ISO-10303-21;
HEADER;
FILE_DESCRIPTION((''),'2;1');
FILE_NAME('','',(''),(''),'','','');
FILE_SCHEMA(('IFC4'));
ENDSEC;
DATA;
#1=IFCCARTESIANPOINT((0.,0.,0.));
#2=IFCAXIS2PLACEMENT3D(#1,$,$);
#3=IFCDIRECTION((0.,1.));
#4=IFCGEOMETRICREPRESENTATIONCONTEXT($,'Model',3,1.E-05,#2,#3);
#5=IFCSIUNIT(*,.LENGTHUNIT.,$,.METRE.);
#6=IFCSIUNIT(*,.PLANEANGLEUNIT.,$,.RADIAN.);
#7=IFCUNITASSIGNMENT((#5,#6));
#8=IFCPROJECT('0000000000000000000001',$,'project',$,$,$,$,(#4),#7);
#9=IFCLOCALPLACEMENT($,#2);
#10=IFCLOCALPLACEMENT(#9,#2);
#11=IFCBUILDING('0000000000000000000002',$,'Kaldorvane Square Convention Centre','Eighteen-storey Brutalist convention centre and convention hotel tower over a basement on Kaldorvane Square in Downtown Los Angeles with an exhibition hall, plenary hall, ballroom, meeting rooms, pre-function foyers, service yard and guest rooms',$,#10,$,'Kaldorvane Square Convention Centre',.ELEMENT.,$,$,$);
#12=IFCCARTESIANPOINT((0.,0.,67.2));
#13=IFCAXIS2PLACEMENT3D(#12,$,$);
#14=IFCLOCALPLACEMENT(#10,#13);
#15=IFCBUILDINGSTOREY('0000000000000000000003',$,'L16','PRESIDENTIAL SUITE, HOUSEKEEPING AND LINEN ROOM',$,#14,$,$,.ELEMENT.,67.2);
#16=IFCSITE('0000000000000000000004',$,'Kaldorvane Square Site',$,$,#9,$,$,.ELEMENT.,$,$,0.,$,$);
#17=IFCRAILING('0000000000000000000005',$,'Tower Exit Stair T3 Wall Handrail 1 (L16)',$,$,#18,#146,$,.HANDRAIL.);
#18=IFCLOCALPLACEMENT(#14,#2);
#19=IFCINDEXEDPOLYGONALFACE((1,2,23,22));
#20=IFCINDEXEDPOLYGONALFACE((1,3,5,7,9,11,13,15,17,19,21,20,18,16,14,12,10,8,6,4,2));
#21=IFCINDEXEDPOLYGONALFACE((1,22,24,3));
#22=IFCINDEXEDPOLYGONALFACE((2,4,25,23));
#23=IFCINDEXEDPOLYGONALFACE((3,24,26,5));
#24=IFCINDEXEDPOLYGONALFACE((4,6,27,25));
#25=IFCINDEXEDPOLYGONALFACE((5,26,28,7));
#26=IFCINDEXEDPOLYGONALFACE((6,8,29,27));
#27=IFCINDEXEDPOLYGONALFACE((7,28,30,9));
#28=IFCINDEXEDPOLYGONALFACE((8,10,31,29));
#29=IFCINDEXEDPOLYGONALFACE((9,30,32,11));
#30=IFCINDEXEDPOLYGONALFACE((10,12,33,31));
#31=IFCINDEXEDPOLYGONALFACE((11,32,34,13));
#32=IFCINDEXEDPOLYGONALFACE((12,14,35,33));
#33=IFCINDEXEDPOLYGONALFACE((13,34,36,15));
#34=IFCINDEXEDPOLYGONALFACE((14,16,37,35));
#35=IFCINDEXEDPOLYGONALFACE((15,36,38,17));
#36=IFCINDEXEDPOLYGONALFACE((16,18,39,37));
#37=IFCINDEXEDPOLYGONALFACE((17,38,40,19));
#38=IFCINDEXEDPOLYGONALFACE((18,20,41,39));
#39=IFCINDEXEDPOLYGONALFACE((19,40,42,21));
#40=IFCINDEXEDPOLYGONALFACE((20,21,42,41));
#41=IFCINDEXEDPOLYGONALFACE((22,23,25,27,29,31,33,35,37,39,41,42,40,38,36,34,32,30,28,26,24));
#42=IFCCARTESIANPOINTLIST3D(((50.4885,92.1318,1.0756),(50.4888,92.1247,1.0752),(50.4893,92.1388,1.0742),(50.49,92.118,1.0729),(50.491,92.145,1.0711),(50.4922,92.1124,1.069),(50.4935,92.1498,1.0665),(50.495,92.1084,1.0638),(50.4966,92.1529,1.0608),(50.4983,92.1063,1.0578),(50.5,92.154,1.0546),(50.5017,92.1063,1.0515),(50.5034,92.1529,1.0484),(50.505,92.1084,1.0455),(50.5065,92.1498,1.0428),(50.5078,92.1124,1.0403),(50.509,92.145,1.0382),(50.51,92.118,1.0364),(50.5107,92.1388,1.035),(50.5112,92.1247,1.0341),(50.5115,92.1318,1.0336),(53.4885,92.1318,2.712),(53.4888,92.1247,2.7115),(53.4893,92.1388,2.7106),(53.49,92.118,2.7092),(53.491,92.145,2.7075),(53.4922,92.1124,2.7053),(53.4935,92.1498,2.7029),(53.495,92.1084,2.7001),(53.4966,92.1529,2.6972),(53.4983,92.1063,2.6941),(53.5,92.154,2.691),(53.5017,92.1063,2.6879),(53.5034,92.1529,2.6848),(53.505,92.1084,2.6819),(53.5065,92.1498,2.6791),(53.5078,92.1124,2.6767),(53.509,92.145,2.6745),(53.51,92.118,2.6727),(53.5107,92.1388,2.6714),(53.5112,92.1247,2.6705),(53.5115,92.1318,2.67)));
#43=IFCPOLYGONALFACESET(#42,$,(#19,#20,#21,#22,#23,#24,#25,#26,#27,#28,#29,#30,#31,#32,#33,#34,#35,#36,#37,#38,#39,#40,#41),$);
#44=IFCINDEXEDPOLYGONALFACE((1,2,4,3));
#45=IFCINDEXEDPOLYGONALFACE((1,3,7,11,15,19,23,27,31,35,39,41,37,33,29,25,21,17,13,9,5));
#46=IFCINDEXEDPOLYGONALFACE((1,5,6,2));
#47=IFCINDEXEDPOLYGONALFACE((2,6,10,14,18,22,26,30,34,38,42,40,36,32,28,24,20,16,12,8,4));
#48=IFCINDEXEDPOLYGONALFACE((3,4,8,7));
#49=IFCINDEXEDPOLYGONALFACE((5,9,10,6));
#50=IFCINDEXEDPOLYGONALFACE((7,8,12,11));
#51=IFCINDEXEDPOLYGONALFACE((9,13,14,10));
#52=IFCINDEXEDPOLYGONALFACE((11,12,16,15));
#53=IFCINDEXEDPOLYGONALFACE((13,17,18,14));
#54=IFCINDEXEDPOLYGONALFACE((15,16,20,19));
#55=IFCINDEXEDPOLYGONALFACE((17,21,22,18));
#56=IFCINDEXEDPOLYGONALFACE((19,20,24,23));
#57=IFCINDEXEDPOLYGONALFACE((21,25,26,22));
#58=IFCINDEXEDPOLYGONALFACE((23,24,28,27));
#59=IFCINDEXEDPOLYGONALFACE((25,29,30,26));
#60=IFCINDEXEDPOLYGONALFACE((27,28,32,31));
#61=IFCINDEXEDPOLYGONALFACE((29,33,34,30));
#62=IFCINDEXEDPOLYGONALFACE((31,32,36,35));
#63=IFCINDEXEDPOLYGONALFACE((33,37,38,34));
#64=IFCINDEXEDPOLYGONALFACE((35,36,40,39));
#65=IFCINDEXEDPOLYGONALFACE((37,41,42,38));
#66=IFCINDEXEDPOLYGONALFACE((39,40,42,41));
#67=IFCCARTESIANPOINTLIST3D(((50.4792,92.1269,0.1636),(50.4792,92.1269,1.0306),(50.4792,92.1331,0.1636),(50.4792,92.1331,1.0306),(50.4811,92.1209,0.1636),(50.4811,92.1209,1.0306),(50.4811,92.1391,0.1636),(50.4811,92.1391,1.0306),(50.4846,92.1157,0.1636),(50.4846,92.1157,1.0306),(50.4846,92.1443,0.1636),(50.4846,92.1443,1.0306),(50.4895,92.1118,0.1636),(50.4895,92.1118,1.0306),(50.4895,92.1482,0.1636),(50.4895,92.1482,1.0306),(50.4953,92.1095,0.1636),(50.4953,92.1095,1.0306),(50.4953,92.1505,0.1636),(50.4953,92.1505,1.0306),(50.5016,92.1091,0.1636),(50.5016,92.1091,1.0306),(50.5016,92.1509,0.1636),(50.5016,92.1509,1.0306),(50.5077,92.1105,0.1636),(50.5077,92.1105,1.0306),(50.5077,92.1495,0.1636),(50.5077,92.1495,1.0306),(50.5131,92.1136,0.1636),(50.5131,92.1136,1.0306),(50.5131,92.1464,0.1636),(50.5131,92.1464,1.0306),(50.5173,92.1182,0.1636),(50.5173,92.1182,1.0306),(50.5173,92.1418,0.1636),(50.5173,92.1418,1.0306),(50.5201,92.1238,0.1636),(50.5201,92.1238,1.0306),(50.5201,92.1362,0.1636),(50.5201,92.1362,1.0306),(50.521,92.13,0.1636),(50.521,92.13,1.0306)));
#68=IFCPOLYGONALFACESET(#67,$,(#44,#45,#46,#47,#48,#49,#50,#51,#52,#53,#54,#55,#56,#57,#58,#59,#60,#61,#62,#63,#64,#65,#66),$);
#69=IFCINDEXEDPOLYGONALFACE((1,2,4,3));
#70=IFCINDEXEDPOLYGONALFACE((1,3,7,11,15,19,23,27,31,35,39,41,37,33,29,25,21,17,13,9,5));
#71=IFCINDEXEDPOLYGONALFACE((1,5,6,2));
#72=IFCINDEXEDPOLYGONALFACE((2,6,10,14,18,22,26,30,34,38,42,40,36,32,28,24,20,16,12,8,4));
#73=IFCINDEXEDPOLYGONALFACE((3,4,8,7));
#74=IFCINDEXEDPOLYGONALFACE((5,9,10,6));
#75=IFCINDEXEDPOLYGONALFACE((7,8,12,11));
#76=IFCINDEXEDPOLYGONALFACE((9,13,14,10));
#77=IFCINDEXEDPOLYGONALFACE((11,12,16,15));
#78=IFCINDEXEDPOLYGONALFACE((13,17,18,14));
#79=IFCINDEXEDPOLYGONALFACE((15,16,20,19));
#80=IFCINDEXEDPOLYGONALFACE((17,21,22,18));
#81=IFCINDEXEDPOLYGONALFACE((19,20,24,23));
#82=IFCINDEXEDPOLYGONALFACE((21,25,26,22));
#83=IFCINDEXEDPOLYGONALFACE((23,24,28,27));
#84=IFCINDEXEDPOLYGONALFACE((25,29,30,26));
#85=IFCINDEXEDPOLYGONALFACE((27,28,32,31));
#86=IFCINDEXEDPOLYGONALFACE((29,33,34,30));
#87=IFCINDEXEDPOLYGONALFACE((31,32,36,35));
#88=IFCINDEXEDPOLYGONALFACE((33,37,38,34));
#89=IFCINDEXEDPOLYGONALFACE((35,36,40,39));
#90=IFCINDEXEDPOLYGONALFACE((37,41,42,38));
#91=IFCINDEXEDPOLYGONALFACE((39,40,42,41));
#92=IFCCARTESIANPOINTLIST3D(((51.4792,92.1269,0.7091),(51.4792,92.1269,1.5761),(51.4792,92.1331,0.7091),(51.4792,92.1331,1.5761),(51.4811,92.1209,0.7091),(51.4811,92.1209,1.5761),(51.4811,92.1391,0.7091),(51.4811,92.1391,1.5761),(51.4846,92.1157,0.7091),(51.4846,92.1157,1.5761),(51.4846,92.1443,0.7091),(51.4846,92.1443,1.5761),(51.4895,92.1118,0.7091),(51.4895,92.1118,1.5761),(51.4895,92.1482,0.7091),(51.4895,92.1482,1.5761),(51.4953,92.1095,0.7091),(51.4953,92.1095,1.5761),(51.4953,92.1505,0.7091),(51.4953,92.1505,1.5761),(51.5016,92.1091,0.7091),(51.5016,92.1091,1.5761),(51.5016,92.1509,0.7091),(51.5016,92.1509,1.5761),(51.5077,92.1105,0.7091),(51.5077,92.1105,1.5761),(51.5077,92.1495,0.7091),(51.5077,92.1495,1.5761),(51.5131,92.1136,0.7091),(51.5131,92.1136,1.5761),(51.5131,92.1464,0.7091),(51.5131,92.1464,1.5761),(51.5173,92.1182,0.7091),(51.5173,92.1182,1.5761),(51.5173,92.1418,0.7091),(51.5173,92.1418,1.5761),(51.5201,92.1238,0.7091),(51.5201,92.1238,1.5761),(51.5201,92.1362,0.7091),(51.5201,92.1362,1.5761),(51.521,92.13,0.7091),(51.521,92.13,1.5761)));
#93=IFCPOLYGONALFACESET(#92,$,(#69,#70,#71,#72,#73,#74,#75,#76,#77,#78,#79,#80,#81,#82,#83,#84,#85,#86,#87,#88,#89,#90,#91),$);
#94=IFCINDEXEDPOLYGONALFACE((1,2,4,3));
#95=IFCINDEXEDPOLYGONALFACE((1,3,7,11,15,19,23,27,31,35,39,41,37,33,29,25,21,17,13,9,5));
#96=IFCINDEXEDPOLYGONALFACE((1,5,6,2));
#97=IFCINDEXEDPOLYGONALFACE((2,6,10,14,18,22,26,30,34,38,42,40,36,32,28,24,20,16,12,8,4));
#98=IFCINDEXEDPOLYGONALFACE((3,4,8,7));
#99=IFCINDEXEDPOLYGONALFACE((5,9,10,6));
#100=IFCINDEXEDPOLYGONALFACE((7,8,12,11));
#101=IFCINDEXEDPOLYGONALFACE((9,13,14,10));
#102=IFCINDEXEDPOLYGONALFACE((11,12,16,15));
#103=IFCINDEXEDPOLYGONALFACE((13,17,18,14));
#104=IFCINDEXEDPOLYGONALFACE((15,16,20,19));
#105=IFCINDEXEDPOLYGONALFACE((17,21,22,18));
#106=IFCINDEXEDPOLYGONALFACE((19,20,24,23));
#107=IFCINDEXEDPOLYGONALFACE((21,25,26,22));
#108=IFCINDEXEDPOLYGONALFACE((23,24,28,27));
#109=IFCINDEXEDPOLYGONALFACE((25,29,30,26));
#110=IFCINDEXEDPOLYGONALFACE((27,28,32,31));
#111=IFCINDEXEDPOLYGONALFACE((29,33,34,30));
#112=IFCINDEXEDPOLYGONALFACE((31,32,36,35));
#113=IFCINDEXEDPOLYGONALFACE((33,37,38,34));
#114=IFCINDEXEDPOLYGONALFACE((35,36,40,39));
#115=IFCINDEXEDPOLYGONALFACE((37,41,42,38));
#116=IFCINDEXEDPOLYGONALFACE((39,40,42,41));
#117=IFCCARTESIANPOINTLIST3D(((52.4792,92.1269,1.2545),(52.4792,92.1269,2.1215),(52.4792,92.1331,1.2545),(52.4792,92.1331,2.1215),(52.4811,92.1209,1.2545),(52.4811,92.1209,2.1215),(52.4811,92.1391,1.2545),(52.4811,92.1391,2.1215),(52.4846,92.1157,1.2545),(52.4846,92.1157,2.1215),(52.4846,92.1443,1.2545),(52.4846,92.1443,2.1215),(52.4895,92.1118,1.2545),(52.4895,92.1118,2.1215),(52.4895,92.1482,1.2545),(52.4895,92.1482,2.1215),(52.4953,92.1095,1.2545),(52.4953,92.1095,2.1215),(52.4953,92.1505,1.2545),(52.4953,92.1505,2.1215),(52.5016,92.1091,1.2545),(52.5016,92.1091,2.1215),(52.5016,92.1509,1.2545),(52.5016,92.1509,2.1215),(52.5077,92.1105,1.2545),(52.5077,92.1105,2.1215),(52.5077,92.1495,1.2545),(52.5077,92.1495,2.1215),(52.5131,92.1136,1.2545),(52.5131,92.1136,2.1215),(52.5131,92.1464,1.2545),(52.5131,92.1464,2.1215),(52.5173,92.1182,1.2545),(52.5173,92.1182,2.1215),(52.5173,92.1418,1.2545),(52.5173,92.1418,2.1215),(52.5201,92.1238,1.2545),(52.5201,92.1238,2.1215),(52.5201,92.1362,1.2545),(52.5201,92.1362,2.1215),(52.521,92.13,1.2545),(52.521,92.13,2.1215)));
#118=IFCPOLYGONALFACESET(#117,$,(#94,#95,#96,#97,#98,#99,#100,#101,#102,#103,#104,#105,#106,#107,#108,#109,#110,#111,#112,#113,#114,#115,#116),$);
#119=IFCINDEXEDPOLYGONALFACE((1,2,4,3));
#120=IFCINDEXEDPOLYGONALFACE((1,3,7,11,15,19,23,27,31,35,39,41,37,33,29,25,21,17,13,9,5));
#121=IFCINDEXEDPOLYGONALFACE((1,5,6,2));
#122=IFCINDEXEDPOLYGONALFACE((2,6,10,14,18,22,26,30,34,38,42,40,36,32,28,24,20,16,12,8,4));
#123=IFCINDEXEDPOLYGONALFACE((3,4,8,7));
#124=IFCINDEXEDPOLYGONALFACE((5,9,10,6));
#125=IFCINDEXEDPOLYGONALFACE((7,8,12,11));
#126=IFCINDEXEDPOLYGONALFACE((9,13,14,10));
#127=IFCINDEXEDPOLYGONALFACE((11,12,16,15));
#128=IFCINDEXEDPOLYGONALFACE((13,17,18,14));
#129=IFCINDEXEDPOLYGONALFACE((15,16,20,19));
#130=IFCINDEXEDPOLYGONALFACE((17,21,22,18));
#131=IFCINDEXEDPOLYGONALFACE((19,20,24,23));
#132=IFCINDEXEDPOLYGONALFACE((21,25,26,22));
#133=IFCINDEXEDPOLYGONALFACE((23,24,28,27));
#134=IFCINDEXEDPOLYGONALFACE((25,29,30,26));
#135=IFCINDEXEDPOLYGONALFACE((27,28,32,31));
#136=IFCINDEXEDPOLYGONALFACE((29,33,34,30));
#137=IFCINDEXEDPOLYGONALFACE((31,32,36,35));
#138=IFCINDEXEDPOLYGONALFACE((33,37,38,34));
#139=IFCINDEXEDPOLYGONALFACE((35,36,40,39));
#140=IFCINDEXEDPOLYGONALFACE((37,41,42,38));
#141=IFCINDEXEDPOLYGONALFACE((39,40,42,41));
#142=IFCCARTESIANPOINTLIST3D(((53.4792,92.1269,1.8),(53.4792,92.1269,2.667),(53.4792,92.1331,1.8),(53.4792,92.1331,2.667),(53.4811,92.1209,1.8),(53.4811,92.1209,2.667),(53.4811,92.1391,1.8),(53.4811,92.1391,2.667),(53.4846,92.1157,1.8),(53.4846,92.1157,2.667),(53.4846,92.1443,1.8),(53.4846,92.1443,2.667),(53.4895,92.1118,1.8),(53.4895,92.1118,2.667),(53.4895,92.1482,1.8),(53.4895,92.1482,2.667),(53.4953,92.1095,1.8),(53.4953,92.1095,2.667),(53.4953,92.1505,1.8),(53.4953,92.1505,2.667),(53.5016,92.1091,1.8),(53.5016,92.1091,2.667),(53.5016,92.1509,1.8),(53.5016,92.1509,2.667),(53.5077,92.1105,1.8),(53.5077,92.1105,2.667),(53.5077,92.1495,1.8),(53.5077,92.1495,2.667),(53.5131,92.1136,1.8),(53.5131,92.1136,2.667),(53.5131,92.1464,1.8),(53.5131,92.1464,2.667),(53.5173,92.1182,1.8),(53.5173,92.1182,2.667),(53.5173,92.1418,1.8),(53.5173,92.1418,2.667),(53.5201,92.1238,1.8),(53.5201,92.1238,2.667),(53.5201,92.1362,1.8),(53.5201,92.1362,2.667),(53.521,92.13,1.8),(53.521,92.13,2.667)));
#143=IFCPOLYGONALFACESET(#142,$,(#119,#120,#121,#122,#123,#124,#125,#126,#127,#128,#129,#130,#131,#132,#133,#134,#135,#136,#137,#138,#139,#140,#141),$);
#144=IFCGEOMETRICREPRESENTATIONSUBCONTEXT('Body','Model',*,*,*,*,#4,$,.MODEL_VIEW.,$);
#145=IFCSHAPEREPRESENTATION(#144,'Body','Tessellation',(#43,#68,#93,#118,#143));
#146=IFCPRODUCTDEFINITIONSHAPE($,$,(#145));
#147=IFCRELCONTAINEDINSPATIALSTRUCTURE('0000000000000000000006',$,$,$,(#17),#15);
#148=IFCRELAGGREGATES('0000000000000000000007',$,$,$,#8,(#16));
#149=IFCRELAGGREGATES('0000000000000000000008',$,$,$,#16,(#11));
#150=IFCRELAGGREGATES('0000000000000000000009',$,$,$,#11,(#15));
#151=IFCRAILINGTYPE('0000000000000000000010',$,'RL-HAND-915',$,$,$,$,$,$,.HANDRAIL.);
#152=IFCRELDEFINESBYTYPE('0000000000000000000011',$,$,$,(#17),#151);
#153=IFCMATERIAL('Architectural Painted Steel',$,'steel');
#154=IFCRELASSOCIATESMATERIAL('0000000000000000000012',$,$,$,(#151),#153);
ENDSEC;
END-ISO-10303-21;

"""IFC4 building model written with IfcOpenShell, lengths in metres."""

from ifc_helpers import new_model, si_unit, direction, frame, origin, origin_2d, place, context, subcontext, project, spatial, circle, extrude, material, type_object, element, save


model = new_model("IFC4")

# Units and contexts
model_context = context("Model", 3, precision=1e-05, world=origin(), true_north=direction((0.0, 1.0)))
body_context = subcontext(model_context, "Body", "Model", "MODEL_VIEW")
ifc_project = project(units=[si_unit("LENGTHUNIT", "METRE"), si_unit("PLANEANGLEUNIT", "RADIAN")], contexts=[model_context])

# Site, building, storey
site_placement = place(None, origin())
site = spatial("IfcSite", under=ifc_project, at=site_placement, Name="Kaldorvane Square Site", CompositionType="ELEMENT", RefElevation=0.0)
building_placement = place(site_placement, origin())
building = spatial("IfcBuilding", under=site, at=building_placement, Name="Kaldorvane Square Convention Centre", Description="Eighteen-storey Brutalist convention centre and convention hotel tower over a basement on Kaldorvane Square in Downtown Los Angeles with an exhibition hall, plenary hall, ballroom, meeting rooms, pre-function foyers, service yard and guest rooms", LongName="Kaldorvane Square Convention Centre", CompositionType="ELEMENT")
storey_placement = place(building_placement, frame((0.0, 0.0, 67.2)))
storey = spatial("IfcBuildingStorey", under=building, at=storey_placement, Name="L16", Description="PRESIDENTIAL SUITE, HOUSEKEEPING AND LINEN ROOM", CompositionType="ELEMENT", Elevation=67.2)

# Railing
ifc_material_1 = material(Name="Architectural Painted Steel", Category="steel")
railing_type_1 = type_object("IfcRailingType", Name="RL-HAND-915", PredefinedType="HANDRAIL", material=ifc_material_1)
for number, where, name in (
    (1, (50.5, 92.13, 0.1636), "Tower Exit Stair T3 Wall Handrail 1 (L16)"),
):
    element("IfcRailing", number, at=place(storey_placement, frame(where)), inside=storey, type_object=railing_type_1, Name=name, PredefinedType="HANDRAIL", context=body_context, shape_type="SweptSolid", body=[
        extrude(circle(Radius=0.024, at=origin_2d()), frame((0.0, 0.0, 0.891), z_axis=(0.877895, 0.0, 0.478853), x_axis=(0.0, 1.0, 0.0)), (0.0, 0.0, 1.0), 3.4173),
        extrude(circle(Radius=0.021, at=origin_2d()), origin(), (0.0, 0.0, 1.0), 0.867),
        extrude(circle(Radius=0.021, at=origin_2d()), frame((1.0, 0.0, 0.5455)), (0.0, 0.0, 1.0), 0.867),
        extrude(circle(Radius=0.021, at=origin_2d()), frame((2.0, 0.0, 1.0909)), (0.0, 0.0, 1.0), 0.867),
        extrude(circle(Radius=0.021, at=origin_2d()), frame((3.0, 0.0, 1.6364)), (0.0, 0.0, 1.0), 0.867),
    ])

save(model, "model.ifc")
